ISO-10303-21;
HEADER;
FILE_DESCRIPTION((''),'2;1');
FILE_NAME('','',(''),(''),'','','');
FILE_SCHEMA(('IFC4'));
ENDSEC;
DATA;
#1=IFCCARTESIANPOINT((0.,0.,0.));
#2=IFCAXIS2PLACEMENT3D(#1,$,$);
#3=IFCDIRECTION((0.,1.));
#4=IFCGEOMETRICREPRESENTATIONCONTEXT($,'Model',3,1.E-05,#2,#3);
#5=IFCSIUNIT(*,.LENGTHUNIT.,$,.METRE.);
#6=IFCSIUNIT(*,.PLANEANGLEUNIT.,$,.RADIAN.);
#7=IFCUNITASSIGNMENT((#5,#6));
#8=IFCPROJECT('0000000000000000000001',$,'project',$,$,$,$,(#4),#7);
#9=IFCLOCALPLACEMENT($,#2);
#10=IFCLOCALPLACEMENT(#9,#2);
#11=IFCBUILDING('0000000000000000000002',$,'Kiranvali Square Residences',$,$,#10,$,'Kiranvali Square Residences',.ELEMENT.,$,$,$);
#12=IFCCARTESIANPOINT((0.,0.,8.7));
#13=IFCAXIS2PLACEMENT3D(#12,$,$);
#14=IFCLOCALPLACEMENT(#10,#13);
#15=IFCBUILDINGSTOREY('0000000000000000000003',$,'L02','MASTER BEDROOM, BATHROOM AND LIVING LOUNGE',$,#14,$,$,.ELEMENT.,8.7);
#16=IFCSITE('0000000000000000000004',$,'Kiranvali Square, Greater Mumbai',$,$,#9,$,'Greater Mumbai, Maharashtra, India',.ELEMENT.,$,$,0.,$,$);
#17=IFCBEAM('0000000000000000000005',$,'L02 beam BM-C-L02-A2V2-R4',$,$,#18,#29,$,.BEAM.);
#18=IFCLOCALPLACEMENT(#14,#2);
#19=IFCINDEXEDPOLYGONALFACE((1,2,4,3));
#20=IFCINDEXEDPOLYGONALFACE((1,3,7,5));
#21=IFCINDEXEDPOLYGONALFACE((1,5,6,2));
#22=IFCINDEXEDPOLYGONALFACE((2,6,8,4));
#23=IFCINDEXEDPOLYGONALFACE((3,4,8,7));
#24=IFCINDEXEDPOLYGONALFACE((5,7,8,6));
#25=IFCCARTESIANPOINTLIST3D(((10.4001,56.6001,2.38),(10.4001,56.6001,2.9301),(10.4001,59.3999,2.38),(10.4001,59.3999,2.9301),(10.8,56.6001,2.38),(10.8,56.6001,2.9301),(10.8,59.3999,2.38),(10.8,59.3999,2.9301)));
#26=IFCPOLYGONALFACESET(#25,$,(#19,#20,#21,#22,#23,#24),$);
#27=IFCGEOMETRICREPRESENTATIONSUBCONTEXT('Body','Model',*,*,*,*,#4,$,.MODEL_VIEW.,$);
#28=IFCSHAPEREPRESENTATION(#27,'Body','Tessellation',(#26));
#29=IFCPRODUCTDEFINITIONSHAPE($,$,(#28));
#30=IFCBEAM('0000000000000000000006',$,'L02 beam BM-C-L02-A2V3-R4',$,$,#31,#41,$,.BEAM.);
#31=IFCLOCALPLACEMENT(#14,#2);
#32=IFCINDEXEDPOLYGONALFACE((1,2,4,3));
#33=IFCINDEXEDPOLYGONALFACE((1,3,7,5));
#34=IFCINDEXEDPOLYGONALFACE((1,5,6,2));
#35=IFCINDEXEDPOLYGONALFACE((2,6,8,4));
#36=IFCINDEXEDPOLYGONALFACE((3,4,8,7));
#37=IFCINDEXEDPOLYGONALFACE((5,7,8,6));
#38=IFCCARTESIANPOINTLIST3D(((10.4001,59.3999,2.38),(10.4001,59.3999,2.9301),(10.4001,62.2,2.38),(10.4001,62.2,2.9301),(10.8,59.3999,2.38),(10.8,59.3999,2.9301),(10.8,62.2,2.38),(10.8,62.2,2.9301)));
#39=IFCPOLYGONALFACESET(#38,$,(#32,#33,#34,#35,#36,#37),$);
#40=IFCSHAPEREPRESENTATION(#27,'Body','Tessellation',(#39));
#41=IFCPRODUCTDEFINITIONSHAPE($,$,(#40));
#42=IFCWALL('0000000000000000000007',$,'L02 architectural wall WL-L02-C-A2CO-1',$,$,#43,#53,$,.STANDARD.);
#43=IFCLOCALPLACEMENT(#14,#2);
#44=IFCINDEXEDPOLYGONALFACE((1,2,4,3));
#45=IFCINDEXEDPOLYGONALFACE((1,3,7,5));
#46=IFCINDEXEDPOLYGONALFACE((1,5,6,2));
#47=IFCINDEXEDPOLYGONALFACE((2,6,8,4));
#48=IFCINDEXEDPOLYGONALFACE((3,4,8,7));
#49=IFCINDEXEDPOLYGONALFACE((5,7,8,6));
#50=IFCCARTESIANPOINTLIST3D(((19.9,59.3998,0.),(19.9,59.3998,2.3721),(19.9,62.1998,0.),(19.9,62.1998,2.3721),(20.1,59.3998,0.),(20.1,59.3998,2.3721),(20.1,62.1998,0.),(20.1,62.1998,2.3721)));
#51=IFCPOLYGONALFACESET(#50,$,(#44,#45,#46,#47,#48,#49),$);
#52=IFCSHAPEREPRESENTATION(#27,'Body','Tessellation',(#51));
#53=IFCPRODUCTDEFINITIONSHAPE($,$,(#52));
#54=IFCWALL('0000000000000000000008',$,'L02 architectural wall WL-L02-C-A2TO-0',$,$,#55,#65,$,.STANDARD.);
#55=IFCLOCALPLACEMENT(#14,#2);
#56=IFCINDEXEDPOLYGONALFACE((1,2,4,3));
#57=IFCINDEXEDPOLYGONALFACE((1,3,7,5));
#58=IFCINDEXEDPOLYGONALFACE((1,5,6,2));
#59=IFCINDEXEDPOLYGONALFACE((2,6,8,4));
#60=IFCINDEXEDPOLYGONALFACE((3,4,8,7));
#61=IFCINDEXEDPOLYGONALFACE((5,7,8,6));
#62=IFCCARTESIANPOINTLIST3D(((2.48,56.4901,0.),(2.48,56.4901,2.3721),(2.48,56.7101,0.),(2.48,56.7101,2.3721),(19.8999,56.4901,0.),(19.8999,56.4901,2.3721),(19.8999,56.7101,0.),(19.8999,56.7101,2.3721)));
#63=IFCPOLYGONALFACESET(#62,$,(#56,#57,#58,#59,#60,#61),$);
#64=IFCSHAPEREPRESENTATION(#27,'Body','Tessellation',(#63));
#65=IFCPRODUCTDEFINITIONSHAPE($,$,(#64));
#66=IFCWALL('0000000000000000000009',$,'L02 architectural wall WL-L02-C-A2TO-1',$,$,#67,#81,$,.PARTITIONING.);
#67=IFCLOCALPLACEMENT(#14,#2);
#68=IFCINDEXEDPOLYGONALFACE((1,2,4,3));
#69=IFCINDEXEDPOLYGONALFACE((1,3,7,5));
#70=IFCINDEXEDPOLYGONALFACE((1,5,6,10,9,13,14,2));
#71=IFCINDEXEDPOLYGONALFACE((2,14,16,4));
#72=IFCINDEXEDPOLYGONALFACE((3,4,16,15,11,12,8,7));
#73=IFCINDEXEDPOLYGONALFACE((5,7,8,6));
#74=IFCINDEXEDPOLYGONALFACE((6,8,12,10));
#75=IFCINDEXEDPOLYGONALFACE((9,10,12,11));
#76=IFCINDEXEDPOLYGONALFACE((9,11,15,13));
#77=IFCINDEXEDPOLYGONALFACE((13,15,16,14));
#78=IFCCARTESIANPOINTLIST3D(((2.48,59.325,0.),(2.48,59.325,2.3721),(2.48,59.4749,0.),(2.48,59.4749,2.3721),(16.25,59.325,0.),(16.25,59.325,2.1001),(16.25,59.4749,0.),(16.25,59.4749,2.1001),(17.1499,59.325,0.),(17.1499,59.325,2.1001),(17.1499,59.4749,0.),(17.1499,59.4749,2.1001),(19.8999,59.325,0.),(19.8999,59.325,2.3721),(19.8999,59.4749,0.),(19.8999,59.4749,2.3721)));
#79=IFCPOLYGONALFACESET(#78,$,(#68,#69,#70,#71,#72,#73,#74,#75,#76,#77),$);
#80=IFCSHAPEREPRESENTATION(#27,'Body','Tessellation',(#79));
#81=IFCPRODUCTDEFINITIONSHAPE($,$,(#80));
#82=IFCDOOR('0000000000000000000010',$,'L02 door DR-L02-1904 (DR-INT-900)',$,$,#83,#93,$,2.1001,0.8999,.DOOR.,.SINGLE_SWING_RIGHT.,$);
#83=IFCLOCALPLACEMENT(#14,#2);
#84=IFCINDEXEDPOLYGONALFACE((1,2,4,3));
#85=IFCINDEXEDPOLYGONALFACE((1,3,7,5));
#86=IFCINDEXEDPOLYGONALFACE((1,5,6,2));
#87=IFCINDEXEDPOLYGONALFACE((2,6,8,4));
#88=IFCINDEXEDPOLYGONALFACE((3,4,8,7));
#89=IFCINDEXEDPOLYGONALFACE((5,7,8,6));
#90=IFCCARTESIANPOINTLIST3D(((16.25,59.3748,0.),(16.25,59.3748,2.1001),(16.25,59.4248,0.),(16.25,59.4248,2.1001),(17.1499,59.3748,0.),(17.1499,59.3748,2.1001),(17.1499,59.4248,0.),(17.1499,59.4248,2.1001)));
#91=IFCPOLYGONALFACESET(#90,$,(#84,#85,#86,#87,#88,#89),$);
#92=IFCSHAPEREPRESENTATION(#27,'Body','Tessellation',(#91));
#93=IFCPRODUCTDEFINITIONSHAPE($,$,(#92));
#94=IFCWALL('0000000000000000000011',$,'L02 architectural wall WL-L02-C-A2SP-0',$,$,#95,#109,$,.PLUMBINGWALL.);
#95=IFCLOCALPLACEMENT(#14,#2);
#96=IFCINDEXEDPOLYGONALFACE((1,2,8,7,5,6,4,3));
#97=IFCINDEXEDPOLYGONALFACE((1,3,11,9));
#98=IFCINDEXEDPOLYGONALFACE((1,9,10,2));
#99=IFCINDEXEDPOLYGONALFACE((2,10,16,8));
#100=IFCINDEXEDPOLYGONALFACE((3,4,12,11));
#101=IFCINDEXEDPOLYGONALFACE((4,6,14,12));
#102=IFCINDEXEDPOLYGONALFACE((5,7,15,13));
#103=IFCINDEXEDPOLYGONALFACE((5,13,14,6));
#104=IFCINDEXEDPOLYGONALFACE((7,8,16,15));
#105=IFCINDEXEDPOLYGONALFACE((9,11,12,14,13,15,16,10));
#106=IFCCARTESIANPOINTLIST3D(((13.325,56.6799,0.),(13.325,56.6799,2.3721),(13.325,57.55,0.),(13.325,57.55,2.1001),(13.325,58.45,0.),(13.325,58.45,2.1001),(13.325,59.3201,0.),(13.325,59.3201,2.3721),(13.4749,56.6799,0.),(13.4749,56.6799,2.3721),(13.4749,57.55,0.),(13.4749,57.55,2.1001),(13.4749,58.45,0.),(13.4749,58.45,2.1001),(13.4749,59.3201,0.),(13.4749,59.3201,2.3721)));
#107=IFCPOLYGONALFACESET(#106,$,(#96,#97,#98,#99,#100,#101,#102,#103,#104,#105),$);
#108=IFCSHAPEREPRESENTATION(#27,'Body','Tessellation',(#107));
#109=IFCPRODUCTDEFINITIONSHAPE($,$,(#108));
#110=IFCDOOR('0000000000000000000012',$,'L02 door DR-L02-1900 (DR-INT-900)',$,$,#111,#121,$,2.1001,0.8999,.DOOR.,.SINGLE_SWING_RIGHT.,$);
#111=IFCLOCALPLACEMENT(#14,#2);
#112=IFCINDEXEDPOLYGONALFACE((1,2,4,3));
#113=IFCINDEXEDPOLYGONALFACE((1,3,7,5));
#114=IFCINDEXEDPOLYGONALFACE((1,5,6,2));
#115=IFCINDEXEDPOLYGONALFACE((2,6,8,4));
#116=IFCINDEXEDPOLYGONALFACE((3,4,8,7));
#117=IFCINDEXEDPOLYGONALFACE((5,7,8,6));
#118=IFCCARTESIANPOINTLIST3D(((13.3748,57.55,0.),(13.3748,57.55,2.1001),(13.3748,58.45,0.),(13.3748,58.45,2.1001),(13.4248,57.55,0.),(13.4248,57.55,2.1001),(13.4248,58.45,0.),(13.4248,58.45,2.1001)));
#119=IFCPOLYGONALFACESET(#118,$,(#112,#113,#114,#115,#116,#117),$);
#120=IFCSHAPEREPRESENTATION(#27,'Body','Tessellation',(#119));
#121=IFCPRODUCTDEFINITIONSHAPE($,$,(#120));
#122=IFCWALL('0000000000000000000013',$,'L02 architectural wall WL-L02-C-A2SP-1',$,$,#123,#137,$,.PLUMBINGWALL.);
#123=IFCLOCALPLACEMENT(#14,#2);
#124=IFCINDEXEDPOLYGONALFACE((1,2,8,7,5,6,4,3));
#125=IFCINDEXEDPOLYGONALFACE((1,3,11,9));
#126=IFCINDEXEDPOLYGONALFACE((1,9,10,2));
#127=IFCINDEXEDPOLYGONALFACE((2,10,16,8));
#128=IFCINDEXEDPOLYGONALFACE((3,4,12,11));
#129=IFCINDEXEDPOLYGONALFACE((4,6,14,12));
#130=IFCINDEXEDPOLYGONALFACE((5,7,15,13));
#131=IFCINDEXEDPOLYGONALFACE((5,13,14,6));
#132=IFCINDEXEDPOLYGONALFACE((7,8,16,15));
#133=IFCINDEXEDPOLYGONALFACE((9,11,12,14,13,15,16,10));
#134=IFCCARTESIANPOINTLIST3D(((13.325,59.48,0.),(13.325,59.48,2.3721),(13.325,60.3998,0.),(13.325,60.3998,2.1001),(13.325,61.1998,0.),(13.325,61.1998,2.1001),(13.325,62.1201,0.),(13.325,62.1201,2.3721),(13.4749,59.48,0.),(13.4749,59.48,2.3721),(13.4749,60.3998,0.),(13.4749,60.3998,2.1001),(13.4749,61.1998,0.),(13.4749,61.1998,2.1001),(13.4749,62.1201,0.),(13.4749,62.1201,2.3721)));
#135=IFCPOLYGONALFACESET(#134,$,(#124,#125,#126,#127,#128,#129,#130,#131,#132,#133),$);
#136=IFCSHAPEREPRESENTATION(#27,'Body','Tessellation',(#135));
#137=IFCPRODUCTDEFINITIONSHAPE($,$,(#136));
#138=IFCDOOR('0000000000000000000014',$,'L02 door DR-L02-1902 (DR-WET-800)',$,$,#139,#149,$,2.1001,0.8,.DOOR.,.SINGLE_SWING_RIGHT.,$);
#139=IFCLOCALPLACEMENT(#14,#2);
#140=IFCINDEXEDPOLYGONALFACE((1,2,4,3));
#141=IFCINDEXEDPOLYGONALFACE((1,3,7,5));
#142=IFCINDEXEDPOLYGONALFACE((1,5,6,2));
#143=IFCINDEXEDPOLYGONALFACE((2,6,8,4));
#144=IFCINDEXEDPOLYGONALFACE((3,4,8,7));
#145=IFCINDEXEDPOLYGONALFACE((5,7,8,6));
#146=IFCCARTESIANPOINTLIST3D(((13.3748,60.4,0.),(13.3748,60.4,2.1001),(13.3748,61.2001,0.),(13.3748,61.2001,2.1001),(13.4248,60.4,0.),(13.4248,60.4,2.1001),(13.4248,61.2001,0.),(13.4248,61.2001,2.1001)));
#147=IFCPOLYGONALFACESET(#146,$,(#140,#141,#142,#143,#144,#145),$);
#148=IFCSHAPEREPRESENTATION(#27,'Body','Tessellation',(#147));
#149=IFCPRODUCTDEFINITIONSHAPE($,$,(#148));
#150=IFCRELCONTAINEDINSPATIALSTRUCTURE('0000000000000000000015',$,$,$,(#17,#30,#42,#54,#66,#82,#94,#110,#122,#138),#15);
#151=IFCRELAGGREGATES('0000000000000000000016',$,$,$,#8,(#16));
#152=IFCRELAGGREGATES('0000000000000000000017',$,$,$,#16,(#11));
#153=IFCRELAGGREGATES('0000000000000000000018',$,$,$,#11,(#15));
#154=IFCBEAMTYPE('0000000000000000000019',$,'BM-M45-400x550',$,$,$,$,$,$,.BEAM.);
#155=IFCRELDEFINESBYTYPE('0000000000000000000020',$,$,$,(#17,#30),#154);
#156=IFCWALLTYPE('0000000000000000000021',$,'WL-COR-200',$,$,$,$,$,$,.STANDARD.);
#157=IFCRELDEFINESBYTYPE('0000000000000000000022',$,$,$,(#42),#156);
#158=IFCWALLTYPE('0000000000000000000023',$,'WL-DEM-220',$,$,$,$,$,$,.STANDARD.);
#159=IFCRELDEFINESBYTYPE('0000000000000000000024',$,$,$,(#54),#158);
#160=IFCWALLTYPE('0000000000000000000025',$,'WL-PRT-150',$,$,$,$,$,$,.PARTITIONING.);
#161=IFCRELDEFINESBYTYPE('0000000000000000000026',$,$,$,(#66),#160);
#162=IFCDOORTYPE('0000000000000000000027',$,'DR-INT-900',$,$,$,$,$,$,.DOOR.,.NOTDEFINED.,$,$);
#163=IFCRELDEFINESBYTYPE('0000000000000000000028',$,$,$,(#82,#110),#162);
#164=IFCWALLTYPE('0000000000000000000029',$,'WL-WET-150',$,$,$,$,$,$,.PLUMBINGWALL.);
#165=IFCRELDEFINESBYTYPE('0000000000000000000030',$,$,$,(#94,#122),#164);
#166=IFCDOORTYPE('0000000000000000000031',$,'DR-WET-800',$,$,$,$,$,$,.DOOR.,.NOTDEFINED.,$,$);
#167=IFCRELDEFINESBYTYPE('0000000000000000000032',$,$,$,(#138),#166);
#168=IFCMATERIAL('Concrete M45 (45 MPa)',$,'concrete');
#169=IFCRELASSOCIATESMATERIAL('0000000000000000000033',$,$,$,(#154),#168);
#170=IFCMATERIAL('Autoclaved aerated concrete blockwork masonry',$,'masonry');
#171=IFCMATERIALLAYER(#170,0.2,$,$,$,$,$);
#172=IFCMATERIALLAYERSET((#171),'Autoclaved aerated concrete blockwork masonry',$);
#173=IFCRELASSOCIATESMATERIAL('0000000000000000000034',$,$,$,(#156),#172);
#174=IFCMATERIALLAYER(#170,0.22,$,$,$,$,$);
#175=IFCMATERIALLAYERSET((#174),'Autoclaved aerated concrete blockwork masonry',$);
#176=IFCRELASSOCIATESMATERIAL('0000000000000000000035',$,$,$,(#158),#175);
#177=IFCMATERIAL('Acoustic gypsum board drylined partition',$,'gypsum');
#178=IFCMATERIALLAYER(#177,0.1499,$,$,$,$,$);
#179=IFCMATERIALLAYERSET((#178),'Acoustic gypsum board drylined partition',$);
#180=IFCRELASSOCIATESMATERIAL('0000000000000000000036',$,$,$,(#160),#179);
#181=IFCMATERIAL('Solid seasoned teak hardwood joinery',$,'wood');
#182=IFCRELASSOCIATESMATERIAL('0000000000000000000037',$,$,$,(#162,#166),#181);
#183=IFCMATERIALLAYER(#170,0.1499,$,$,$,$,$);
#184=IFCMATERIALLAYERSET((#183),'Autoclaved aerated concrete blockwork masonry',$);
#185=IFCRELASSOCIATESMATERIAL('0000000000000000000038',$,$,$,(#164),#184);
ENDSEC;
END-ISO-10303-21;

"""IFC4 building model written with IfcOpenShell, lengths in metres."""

from ifc_helpers import new_model, si_unit, direction, frame, frame_2d, origin, origin_2d, place, context, subcontext, project, spatial, rectangle, extrude, material, layer, layer_set, material_profile, profile_set, type_object, element, fill, save


model = new_model("IFC4")

# Units and contexts
model_context = context("Model", 3, precision=1e-05, world=origin(), true_north=direction((0.0, 1.0)))
body_context = subcontext(model_context, "Body", "Model", "MODEL_VIEW")
ifc_project = project(units=[si_unit("LENGTHUNIT", "METRE"), si_unit("PLANEANGLEUNIT", "RADIAN")], contexts=[model_context])

# Site, building, storey
site_placement = place(None, origin())
site = spatial("IfcSite", under=ifc_project, at=site_placement, Name="Kiranvali Square, Greater Mumbai", LongName="Greater Mumbai, Maharashtra, India", CompositionType="ELEMENT", RefElevation=0.0)
building_placement = place(site_placement, origin())
building = spatial("IfcBuilding", under=site, at=building_placement, Name="Kiranvali Square Residences", LongName="Kiranvali Square Residences", CompositionType="ELEMENT")
storey_placement = place(building_placement, frame((0.0, 0.0, 8.7)))
storey = spatial("IfcBuildingStorey", under=building, at=storey_placement, Name="L02", Description="MASTER BEDROOM, BATHROOM AND LIVING LOUNGE", CompositionType="ELEMENT", Elevation=8.7)

# Shared definitions
ifc_material_1 = material(Name="Concrete M45 (45 MPa)", Category="concrete")

# Beams
ifc_material_profile_1 = material_profile(ifc_material_1, rectangle(XDim=0.3999, YDim=0.55, at=origin_2d()), Name="RC 400x550")
ifc_profile_set_1 = profile_set([ifc_material_profile_1], Name="Concrete M45 (45 MPa)")
beam_type_1 = type_object("IfcBeamType", Name="BM-M45-400x550", PredefinedType="BEAM", material=ifc_profile_set_1)
beam_1_placement = place(storey_placement, frame((10.6001, 56.6001, 2.655), z_axis=(0.0, 1.0, 0.0), x_axis=(-1.0, 0.0, 0.0)))
element("IfcBeam", 1, at=beam_1_placement, inside=storey, type_object=beam_type_1, Name="L02 beam BM-C-L02-A2V2-R4", PredefinedType="BEAM", context=body_context, shape_type="SweptSolid", body=[
    extrude(rectangle(XDim=0.3999, YDim=0.55, at=origin_2d()), origin(), (0.0, 0.0, 1.0), 2.7998),
])
beam_2_placement = place(storey_placement, frame((10.6001, 59.3999, 2.655), z_axis=(0.0, 1.0, 0.0), x_axis=(-1.0, 0.0, 0.0)))
element("IfcBeam", 2, at=beam_2_placement, inside=storey, type_object=beam_type_1, Name="L02 beam BM-C-L02-A2V3-R4", PredefinedType="BEAM", context=body_context, shape_type="SweptSolid", body=[
    extrude(rectangle(XDim=0.3999, YDim=0.55, at=origin_2d()), origin(), (0.0, 0.0, 1.0), 2.8),
])

# Shared definitions
ifc_material_2 = material(Name="Autoclaved aerated concrete blockwork masonry", Category="masonry")
ifc_layer_1 = layer(ifc_material_2, 0.2)
ifc_layer_set_1 = layer_set([ifc_layer_1], Name="Autoclaved aerated concrete blockwork masonry")
wall_type_1 = type_object("IfcWallType", Name="WL-COR-200", PredefinedType="STANDARD", material=ifc_layer_set_1)

# Walls
wall_1_placement = place(storey_placement, frame((20.0, 59.3999, 0.0), z_axis=(0.0, 0.0, 1.0), x_axis=(0.0, 1.0, 0.0)))
element("IfcWall", 3, at=wall_1_placement, inside=storey, type_object=wall_type_1, Name="L02 architectural wall WL-L02-C-A2CO-1", PredefinedType="STANDARD", context=body_context, shape_type="SweptSolid", body=[
    extrude(rectangle(XDim=2.8, YDim=0.2, at=frame_2d((1.3999, 0.0))), origin(), (0.0, 0.0, 1.0), 2.3721),
])
ifc_layer_2 = layer(ifc_material_2, 0.22)
ifc_layer_set_2 = layer_set([ifc_layer_2], Name="Autoclaved aerated concrete blockwork masonry")
wall_type_2 = type_object("IfcWallType", Name="WL-DEM-220", PredefinedType="STANDARD", material=ifc_layer_set_2)
wall_2_placement = place(storey_placement, frame((19.8999, 56.6001, 0.0), z_axis=(0.0, 0.0, 1.0), x_axis=(-1.0, 0.0, 0.0)))
element("IfcWall", 4, at=wall_2_placement, inside=storey, type_object=wall_type_2, Name="L02 architectural wall WL-L02-C-A2TO-0", PredefinedType="STANDARD", context=body_context, shape_type="SweptSolid", body=[
    extrude(rectangle(XDim=17.4199, YDim=0.22, at=frame_2d((8.71, 0.0))), origin(), (0.0, 0.0, 1.0), 2.3721),
])

# Walls, openings, doors
ifc_material_3 = material(Name="Acoustic gypsum board drylined partition", Category="gypsum")
ifc_layer_3 = layer(ifc_material_3, 0.1499)
ifc_layer_set_3 = layer_set([ifc_layer_3], Name="Acoustic gypsum board drylined partition")
wall_type_3 = type_object("IfcWallType", Name="WL-PRT-150", PredefinedType="PARTITIONING", material=ifc_layer_set_3)
wall_3_placement = place(storey_placement, frame((19.8999, 59.3999, 0.0), z_axis=(0.0, 0.0, 1.0), x_axis=(-1.0, 0.0, 0.0)))
wall_3 = element("IfcWall", 5, at=wall_3_placement, inside=storey, type_object=wall_type_3, Name="L02 architectural wall WL-L02-C-A2TO-1", PredefinedType="PARTITIONING", context=body_context, shape_type="SweptSolid", body=[
    extrude(rectangle(XDim=17.4199, YDim=0.1499, at=frame_2d((8.71, 0.0))), origin(), (0.0, 0.0, 1.0), 2.3721),
])
opening_1_placement = place(wall_3_placement, frame((2.75, 0.0, 0.0)))
opening_1 = element("IfcOpeningElement", 6, at=opening_1_placement, cuts=wall_3, PredefinedType="OPENING", context=body_context, shape_type="SweptSolid", body=[
    extrude(rectangle(XDim=0.8999, YDim=2.1001, at=frame_2d((0.45, 1.05))), frame((0.0, 0.085, 0.0), z_axis=(0.0, -1.0, 0.0), x_axis=(1.0, 0.0, 0.0)), (0.0, 0.0, 1.0), 0.1699),
])
ifc_material_4 = material(Name="Solid seasoned teak hardwood joinery", Category="wood")
door_type_1 = type_object("IfcDoorType", Name="DR-INT-900", OperationType="NOTDEFINED", PredefinedType="DOOR", material=ifc_material_4)
door_1_placement = place(opening_1_placement, frame((0.8999, 0.0, 0.0), z_axis=(0.0, 0.0, 1.0), x_axis=(-1.0, 0.0, 0.0)))
door_1 = element("IfcDoor", 7, at=door_1_placement, inside=storey, type_object=door_type_1, Name="L02 door DR-L02-1904 (DR-INT-900)", OperationType="SINGLE_SWING_RIGHT", OverallHeight=2.1001, OverallWidth=0.8999, PredefinedType="DOOR", context=body_context, shape_type="SweptSolid", body=[
    extrude(rectangle(XDim=0.8999, YDim=2.1001, at=frame_2d((0.45, 1.05))), frame((0.0, 0.0249, 0.0), z_axis=(0.0, -1.0, 0.0), x_axis=(1.0, 0.0, 0.0)), (0.0, 0.0, 1.0), 0.05),
])
fill(opening_1, door_1)
ifc_layer_4 = layer(ifc_material_2, 0.1499)
ifc_layer_set_4 = layer_set([ifc_layer_4], Name="Autoclaved aerated concrete blockwork masonry")
wall_type_4 = type_object("IfcWallType", Name="WL-WET-150", PredefinedType="PLUMBINGWALL", material=ifc_layer_set_4)
wall_4_placement = place(storey_placement, frame((13.3999, 56.6799, 0.0), z_axis=(0.0, 0.0, 1.0), x_axis=(0.0, 1.0, 0.0)))
wall_4 = element("IfcWall", 8, at=wall_4_placement, inside=storey, type_object=wall_type_4, Name="L02 architectural wall WL-L02-C-A2SP-0", PredefinedType="PLUMBINGWALL", context=body_context, shape_type="SweptSolid", body=[
    extrude(rectangle(XDim=2.6401, YDim=0.1499, at=frame_2d((1.3201, 0.0))), origin(), (0.0, 0.0, 1.0), 2.3721),
])
opening_2_placement = place(wall_4_placement, frame((0.8701, 0.0, 0.0)))
opening_2 = element("IfcOpeningElement", 9, at=opening_2_placement, cuts=wall_4, PredefinedType="OPENING", context=body_context, shape_type="SweptSolid", body=[
    extrude(rectangle(XDim=0.8999, YDim=2.1001, at=frame_2d((0.45, 1.05))), frame((0.0, 0.085, 0.0), z_axis=(0.0, -1.0, 0.0), x_axis=(1.0, 0.0, 0.0)), (0.0, 0.0, 1.0), 0.1699),
])
door_2_placement = place(opening_2_placement, frame((0.8999, 0.0, 0.0), z_axis=(0.0, 0.0, 1.0), x_axis=(-1.0, 0.0, 0.0)))
door_2 = element("IfcDoor", 10, at=door_2_placement, inside=storey, type_object=door_type_1, Name="L02 door DR-L02-1900 (DR-INT-900)", OperationType="SINGLE_SWING_RIGHT", OverallHeight=2.1001, OverallWidth=0.8999, PredefinedType="DOOR", context=body_context, shape_type="SweptSolid", body=[
    extrude(rectangle(XDim=0.8999, YDim=2.1001, at=frame_2d((0.45, 1.05))), frame((0.0, 0.0249, 0.0), z_axis=(0.0, -1.0, 0.0), x_axis=(1.0, 0.0, 0.0)), (0.0, 0.0, 1.0), 0.05),
])
fill(opening_2, door_2)
wall_5_placement = place(storey_placement, frame((13.3999, 59.48, 0.0), z_axis=(0.0, 0.0, 1.0), x_axis=(0.0, 1.0, 0.0)))
wall_5 = element("IfcWall", 11, at=wall_5_placement, inside=storey, type_object=wall_type_4, Name="L02 architectural wall WL-L02-C-A2SP-1", PredefinedType="PLUMBINGWALL", context=body_context, shape_type="SweptSolid", body=[
    extrude(rectangle(XDim=2.6401, YDim=0.1499, at=frame_2d((1.3201, 0.0))), origin(), (0.0, 0.0, 1.0), 2.3721),
])
opening_3_placement = place(wall_5_placement, frame((0.9199, 0.0, 0.0)))
opening_3 = element("IfcOpeningElement", 12, at=opening_3_placement, cuts=wall_5, PredefinedType="OPENING", context=body_context, shape_type="SweptSolid", body=[
    extrude(rectangle(XDim=0.8, YDim=2.1001, at=frame_2d((0.3999, 1.05))), frame((0.0, 0.085, 0.0), z_axis=(0.0, -1.0, 0.0), x_axis=(1.0, 0.0, 0.0)), (0.0, 0.0, 1.0), 0.1699),
])
door_type_2 = type_object("IfcDoorType", Name="DR-WET-800", OperationType="NOTDEFINED", PredefinedType="DOOR", material=ifc_material_4)
door_3_placement = place(opening_3_placement, frame((0.8, 0.0, 0.0), z_axis=(0.0, 0.0, 1.0), x_axis=(-1.0, 0.0, 0.0)))
door_3 = element("IfcDoor", 13, at=door_3_placement, inside=storey, type_object=door_type_2, Name="L02 door DR-L02-1902 (DR-WET-800)", OperationType="SINGLE_SWING_RIGHT", OverallHeight=2.1001, OverallWidth=0.8, PredefinedType="DOOR", context=body_context, shape_type="SweptSolid", body=[
    extrude(rectangle(XDim=0.8, YDim=2.1001, at=frame_2d((0.3999, 1.05))), frame((0.0, 0.0249, 0.0), z_axis=(0.0, -1.0, 0.0), x_axis=(1.0, 0.0, 0.0)), (0.0, 0.0, 1.0), 0.05),
])
fill(opening_3, door_3)

save(model, "model.ifc")
